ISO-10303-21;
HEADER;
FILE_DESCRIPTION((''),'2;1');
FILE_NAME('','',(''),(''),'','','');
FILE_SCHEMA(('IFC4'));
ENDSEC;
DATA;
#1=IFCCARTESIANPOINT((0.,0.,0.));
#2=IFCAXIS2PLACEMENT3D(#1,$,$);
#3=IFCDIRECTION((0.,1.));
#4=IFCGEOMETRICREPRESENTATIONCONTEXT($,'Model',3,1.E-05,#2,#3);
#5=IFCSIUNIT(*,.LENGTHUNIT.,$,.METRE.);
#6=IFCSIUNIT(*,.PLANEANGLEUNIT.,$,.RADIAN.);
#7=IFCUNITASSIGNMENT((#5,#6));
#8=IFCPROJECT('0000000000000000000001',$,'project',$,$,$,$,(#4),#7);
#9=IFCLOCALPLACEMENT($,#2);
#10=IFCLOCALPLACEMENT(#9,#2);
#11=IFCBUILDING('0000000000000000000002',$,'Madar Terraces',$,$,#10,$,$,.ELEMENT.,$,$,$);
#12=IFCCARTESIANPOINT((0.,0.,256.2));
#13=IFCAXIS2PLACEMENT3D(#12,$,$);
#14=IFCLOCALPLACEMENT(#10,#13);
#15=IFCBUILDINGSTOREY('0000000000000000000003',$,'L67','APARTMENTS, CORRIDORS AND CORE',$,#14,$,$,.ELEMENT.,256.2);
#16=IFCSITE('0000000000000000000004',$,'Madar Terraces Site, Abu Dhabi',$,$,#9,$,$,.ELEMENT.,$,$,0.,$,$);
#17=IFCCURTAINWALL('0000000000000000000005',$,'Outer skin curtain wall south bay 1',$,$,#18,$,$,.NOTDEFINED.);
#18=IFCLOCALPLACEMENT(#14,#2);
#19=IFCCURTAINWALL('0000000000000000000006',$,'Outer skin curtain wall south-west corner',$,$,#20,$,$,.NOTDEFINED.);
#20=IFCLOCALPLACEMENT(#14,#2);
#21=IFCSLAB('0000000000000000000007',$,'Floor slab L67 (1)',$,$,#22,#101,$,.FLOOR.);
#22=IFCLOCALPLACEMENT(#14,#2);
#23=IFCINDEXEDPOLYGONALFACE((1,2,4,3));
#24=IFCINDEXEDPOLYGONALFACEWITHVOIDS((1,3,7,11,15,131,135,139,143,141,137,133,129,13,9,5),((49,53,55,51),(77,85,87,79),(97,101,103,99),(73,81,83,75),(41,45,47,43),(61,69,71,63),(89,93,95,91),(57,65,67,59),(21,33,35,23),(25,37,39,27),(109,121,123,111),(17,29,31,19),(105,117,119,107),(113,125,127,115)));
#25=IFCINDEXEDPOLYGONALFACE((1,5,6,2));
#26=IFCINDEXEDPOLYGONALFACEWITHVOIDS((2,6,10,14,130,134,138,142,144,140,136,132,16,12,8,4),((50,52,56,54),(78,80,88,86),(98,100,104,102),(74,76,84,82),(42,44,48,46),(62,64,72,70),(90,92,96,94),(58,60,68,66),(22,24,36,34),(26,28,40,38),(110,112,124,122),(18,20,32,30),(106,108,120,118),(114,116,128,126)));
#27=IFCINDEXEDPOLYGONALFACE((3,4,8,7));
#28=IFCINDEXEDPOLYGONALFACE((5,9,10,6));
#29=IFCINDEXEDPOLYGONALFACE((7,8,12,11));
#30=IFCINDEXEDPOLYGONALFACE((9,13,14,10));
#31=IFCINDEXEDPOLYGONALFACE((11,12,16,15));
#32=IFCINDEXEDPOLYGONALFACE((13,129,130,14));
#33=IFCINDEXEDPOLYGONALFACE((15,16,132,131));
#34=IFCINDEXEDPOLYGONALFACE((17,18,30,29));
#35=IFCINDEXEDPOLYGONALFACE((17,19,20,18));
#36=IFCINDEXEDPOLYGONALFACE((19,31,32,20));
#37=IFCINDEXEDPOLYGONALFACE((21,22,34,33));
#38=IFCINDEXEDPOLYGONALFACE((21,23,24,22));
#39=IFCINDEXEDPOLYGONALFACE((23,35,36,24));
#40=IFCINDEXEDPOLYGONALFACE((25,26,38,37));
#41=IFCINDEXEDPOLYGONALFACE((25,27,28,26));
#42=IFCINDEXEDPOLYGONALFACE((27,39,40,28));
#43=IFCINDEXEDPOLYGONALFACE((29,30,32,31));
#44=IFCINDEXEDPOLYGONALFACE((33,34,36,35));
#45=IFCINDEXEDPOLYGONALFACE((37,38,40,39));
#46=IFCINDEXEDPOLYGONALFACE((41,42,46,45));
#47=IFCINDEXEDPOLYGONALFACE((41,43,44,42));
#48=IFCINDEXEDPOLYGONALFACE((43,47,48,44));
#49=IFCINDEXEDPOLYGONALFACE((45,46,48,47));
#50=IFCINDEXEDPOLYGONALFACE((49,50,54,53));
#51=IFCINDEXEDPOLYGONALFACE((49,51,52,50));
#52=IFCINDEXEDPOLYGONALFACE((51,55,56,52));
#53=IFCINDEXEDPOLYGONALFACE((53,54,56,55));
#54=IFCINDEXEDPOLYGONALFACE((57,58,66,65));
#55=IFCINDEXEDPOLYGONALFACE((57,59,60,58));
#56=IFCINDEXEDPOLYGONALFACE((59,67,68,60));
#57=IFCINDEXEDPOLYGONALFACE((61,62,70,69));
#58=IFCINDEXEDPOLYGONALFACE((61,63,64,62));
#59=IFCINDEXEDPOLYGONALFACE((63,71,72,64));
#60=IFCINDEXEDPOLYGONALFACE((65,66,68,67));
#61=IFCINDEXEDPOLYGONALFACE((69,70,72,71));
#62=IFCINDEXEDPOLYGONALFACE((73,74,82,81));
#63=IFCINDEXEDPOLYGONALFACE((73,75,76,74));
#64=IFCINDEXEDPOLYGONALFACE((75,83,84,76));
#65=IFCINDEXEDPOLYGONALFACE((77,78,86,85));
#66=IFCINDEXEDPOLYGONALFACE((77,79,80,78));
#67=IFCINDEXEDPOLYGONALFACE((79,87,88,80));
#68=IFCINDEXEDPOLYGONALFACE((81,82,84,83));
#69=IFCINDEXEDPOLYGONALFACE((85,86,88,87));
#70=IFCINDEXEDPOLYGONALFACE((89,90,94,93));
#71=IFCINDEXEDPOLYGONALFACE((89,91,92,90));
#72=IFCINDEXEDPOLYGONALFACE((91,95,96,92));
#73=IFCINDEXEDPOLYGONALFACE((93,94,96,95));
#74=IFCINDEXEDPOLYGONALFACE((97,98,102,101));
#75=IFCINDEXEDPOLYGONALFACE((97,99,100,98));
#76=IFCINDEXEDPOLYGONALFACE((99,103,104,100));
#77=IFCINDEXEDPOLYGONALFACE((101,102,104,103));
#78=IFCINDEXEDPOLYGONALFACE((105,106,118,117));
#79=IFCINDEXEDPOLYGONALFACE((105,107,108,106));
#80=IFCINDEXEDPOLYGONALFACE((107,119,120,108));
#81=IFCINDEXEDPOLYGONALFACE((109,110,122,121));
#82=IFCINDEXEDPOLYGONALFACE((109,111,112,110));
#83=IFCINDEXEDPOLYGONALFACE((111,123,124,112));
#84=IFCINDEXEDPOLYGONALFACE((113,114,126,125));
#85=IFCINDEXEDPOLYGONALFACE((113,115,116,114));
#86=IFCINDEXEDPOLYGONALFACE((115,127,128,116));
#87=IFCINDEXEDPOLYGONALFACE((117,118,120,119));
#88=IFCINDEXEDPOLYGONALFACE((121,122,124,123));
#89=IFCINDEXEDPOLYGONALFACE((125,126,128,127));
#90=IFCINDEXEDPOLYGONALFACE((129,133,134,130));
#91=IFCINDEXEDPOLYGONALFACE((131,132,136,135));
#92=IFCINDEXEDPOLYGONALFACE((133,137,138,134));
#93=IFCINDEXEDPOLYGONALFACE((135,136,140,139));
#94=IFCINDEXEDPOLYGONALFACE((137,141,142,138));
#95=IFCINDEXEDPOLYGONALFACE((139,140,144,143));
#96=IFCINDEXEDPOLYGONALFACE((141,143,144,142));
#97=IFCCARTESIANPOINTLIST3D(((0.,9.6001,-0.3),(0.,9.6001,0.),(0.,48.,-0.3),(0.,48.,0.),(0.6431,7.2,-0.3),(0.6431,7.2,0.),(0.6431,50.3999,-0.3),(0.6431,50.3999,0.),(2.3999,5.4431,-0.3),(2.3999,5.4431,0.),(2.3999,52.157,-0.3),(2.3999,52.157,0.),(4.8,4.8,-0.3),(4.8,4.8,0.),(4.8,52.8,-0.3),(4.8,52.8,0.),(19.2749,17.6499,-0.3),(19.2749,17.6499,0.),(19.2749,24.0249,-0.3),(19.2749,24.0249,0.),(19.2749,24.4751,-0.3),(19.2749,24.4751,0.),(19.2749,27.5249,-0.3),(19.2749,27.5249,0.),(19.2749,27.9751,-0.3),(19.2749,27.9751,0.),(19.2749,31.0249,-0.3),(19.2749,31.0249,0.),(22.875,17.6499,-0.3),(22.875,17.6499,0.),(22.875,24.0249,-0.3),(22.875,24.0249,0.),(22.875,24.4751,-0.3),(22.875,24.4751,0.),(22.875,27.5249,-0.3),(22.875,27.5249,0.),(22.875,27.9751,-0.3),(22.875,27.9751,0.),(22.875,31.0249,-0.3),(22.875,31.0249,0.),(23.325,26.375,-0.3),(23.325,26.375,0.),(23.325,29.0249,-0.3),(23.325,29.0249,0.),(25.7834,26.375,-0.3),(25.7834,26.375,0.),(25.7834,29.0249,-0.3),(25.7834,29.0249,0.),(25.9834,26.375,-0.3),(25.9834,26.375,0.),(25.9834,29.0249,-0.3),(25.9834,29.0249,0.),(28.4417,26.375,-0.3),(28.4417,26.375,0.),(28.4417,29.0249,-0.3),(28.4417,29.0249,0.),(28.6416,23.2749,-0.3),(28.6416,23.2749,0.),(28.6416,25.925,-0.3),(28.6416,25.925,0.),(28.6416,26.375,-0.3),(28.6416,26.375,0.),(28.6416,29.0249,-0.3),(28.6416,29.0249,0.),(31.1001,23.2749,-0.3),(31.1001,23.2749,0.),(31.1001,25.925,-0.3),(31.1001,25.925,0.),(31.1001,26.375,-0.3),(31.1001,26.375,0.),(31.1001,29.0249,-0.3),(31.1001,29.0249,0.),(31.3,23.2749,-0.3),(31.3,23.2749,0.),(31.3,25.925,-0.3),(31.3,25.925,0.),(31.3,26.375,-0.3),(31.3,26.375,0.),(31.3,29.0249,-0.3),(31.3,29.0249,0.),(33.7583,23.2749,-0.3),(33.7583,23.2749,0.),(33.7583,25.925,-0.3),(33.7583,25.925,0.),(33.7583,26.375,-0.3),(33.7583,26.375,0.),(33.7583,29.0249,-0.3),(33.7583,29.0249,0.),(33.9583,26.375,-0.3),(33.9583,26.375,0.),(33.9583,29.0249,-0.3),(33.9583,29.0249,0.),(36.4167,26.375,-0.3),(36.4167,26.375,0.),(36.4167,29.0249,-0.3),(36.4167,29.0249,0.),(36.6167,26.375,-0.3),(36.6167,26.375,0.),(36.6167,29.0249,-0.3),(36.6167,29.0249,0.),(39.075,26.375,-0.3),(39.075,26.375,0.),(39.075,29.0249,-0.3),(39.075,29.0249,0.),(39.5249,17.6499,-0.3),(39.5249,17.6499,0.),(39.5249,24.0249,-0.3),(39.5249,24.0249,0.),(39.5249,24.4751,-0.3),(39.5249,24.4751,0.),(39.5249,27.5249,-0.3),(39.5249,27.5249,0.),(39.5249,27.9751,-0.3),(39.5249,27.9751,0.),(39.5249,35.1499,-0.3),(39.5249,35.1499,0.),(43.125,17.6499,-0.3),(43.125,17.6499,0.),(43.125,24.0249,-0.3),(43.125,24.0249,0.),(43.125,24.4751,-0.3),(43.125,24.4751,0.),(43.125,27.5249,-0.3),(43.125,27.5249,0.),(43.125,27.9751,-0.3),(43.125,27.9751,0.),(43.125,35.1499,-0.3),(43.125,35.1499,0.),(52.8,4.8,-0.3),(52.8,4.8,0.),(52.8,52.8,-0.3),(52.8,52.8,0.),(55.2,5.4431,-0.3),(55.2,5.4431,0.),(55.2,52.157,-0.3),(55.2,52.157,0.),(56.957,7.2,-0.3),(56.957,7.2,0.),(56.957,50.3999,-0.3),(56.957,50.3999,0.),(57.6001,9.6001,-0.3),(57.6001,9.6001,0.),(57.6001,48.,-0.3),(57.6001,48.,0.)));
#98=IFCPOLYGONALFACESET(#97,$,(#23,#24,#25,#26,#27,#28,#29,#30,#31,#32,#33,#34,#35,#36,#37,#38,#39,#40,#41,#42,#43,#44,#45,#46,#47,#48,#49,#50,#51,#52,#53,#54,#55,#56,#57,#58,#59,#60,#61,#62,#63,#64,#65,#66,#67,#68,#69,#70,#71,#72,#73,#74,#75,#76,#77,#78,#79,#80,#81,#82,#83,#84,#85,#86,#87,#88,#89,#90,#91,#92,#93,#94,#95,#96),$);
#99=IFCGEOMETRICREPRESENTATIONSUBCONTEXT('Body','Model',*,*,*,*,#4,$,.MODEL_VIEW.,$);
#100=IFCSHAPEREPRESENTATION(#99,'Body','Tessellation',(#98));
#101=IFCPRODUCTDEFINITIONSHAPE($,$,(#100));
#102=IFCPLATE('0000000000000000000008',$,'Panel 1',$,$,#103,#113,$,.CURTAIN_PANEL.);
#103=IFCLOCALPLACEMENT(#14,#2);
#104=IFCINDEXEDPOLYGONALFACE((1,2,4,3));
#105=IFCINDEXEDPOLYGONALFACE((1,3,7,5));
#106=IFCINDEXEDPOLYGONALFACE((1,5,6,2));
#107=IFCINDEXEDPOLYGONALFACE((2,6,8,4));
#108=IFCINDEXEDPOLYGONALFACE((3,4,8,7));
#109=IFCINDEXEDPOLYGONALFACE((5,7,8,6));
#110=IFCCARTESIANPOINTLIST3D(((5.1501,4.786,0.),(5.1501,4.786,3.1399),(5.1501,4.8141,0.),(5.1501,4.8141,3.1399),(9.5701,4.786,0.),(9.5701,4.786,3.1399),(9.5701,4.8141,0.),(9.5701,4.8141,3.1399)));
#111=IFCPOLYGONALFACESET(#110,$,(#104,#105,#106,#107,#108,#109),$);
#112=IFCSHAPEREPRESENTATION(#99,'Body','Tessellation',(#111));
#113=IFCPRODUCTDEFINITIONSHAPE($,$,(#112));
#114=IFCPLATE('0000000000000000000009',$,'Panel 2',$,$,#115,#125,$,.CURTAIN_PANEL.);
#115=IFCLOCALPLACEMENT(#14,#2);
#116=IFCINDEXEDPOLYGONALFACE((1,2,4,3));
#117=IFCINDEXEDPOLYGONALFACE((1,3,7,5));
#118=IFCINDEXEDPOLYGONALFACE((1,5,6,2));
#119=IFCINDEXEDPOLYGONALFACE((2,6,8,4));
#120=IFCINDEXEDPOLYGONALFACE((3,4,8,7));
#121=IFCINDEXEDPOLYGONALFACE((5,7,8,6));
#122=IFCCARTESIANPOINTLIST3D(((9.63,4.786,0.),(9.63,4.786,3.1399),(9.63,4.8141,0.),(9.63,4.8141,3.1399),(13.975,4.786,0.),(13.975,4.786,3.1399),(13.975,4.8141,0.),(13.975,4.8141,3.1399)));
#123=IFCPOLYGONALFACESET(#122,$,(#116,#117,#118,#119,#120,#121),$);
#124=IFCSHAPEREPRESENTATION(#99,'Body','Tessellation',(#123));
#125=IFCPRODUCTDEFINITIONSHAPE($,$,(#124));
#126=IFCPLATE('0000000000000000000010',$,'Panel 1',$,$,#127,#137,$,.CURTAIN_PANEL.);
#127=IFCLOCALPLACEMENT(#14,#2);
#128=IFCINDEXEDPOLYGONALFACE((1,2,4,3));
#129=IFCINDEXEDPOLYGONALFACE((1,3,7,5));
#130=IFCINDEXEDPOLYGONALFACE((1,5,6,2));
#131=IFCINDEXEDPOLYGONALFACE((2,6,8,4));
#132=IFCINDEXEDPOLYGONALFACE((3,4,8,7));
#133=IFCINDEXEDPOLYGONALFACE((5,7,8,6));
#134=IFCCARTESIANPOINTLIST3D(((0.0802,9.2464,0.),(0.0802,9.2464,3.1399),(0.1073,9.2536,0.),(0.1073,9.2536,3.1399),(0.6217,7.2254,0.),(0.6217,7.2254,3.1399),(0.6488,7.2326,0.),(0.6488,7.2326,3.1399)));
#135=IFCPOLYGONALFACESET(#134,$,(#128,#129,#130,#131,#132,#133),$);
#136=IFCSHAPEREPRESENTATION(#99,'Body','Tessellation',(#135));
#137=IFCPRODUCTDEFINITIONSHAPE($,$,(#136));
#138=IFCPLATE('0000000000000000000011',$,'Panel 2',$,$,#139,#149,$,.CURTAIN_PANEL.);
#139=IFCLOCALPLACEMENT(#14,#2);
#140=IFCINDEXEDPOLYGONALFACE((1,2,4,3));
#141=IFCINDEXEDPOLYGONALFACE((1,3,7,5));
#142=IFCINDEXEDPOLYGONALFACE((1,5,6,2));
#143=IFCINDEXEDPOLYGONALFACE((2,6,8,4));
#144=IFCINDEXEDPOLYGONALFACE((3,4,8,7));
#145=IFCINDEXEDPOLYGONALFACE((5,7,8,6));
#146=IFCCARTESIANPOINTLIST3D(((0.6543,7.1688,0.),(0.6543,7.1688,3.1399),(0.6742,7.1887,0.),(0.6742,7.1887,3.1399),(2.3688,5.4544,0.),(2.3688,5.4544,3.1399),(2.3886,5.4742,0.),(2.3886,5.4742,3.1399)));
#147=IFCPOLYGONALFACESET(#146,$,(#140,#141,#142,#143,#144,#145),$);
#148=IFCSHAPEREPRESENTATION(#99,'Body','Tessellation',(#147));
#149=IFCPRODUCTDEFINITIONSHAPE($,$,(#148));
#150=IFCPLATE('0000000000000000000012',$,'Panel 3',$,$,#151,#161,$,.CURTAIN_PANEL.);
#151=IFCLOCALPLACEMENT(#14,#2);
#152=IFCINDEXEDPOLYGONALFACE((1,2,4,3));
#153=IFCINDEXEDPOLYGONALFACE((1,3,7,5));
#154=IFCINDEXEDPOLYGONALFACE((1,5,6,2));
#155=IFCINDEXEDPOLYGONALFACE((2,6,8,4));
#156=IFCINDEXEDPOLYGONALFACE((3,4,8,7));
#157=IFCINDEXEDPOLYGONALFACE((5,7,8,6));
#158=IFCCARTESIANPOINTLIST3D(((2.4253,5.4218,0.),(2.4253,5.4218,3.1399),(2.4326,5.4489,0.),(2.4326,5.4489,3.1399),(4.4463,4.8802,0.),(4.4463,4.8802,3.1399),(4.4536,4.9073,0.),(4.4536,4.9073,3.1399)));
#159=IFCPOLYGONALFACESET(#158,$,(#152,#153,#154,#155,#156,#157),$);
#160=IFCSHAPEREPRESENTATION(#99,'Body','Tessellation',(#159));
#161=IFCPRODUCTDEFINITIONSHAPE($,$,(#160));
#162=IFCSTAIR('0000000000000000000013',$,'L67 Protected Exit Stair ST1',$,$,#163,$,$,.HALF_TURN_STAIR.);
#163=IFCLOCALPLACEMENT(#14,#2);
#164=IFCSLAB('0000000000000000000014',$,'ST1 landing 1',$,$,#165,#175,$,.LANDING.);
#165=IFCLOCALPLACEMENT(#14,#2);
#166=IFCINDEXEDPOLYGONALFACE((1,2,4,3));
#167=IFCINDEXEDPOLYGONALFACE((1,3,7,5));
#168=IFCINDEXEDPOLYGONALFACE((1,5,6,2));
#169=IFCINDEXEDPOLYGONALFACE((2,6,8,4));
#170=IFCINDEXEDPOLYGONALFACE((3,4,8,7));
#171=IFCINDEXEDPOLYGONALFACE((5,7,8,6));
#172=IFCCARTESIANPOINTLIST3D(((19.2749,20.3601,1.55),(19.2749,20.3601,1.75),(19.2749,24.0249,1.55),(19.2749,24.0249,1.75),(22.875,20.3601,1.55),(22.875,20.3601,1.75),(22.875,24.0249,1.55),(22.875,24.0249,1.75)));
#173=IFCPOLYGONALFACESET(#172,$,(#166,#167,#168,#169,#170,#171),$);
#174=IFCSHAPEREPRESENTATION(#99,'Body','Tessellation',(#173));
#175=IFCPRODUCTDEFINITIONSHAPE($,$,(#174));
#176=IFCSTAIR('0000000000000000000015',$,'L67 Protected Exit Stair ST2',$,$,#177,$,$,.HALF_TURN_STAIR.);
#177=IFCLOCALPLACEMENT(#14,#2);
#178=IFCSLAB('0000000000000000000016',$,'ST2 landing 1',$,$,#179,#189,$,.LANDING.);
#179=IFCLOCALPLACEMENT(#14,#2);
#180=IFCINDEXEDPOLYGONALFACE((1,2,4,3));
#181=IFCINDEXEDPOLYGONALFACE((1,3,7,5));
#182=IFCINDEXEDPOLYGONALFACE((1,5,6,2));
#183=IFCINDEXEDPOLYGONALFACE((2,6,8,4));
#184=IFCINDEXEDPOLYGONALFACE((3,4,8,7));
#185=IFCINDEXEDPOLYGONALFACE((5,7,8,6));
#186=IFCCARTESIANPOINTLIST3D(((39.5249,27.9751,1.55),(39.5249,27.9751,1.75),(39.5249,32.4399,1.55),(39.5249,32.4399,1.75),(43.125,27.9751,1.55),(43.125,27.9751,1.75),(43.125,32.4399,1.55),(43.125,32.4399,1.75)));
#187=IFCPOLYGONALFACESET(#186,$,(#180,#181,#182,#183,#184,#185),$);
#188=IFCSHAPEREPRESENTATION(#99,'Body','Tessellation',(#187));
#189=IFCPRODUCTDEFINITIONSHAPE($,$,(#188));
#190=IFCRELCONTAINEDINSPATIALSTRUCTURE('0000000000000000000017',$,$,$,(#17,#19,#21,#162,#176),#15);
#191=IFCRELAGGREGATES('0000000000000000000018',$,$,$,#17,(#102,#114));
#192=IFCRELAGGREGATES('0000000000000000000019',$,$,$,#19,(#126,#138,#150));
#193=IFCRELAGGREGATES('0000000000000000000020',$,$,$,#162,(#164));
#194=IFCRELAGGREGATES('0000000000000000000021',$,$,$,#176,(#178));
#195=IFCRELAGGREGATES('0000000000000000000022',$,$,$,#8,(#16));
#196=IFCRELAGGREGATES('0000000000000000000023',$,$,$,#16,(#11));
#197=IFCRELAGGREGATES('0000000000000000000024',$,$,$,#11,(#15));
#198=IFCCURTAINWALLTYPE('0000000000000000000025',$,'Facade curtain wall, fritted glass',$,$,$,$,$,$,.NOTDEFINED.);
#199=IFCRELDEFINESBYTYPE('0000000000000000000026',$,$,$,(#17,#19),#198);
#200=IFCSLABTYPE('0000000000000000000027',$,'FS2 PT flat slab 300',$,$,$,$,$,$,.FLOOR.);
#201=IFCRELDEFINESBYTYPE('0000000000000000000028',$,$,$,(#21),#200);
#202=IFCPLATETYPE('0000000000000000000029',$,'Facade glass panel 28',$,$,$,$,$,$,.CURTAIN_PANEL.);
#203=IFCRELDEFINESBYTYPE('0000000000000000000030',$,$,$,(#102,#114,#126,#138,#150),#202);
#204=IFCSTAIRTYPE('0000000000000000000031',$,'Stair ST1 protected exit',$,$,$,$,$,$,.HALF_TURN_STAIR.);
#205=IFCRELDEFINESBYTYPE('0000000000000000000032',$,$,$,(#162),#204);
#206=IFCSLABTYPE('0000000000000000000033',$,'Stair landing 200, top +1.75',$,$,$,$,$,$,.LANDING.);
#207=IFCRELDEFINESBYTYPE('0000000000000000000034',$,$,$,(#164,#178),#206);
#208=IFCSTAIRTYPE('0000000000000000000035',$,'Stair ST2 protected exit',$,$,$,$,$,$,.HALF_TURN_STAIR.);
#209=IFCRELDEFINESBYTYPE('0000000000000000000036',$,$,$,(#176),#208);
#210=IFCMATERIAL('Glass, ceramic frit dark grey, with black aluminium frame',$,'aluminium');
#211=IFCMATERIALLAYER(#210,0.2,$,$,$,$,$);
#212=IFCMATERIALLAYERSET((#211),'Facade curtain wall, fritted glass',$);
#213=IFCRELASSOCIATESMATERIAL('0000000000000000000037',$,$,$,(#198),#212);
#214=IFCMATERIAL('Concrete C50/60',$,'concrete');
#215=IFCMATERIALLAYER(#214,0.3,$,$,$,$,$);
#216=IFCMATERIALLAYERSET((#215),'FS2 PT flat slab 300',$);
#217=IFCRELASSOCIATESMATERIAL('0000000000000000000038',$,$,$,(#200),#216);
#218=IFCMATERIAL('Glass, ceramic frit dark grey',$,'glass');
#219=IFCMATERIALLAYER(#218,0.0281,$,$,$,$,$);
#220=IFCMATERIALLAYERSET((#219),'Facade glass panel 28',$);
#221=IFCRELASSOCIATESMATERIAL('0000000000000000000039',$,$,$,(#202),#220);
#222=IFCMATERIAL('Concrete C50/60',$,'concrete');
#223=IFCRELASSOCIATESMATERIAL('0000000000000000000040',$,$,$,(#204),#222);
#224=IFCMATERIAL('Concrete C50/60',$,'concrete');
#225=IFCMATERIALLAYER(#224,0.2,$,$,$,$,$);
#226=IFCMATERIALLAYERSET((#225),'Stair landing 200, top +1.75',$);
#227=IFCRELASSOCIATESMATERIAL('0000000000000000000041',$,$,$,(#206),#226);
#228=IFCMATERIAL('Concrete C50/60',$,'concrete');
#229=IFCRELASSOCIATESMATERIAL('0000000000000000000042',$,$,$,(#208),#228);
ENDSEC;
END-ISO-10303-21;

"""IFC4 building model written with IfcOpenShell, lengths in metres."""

from ifc_helpers import new_model, si_unit, direction, frame, origin, origin_2d, place, context, subcontext, project, spatial, polyline, rectangle, outline, extrude, material, layer, layer_set, type_object, element, aggregate, save


model = new_model("IFC4")

# Units and contexts
model_context = context("Model", 3, precision=1e-05, world=origin(), true_north=direction((0.0, 1.0)))
body_context = subcontext(model_context, "Body", "Model", "MODEL_VIEW")
ifc_project = project(units=[si_unit("LENGTHUNIT", "METRE"), si_unit("PLANEANGLEUNIT", "RADIAN")], contexts=[model_context])

# Site, building, storey
site_placement = place(None, origin())
site = spatial("IfcSite", under=ifc_project, at=site_placement, Name="Madar Terraces Site, Abu Dhabi", CompositionType="ELEMENT", RefElevation=0.0)
building_placement = place(site_placement, origin())
building = spatial("IfcBuilding", under=site, at=building_placement, Name="Madar Terraces", CompositionType="ELEMENT")
storey_placement = place(building_placement, frame((0.0, 0.0, 256.2)))
storey = spatial("IfcBuildingStorey", under=building, at=storey_placement, Name="L67", Description="APARTMENTS, CORRIDORS AND CORE", CompositionType="ELEMENT", Elevation=256.2)

# Curtain wall
ifc_material_1 = material(Name="Glass, ceramic frit dark grey, with black aluminium frame", Category="aluminium")
ifc_layer_1 = layer(ifc_material_1, 0.2)
ifc_layer_set_1 = layer_set([ifc_layer_1], Name="Facade curtain wall, fritted glass")
curtain_wall_type = type_object("IfcCurtainWallType", Name="Facade curtain wall, fritted glass", PredefinedType="NOTDEFINED", material=ifc_layer_set_1)
curtain_wall_1_placement = place(storey_placement, origin())
curtain_wall_1 = element("IfcCurtainWall", 1, at=curtain_wall_1_placement, inside=storey, type_object=curtain_wall_type, Name="Outer skin curtain wall south bay 1", PredefinedType="NOTDEFINED")

# Curtain wall
curtain_wall_2_placement = place(storey_placement, origin())
curtain_wall_2 = element("IfcCurtainWall", 2, at=curtain_wall_2_placement, inside=storey, type_object=curtain_wall_type, Name="Outer skin curtain wall south-west corner", PredefinedType="NOTDEFINED")

# Slab
ifc_material_2 = material(Name="Concrete C50/60", Category="concrete")
ifc_layer_2 = layer(ifc_material_2, 0.3)
ifc_layer_set_2 = layer_set([ifc_layer_2], Name="FS2 PT flat slab 300")
slab_type_1 = type_object("IfcSlabType", Name="FS2 PT flat slab 300", PredefinedType="FLOOR", material=ifc_layer_set_2)
slab_1_placement = place(storey_placement, frame((0.0, 0.0, -0.3)))
element("IfcSlab", 3, at=slab_1_placement, inside=storey, type_object=slab_type_1, Name="Floor slab L67 (1)", PredefinedType="FLOOR", context=body_context, shape_type="SweptSolid", body=[
    extrude(outline(polyline([(52.8, 4.8), (55.2, 5.4431), (56.957, 7.2), (57.6001, 9.6001), (57.6001, 48.0), (56.957, 50.3999), (55.2, 52.157), (52.8, 52.8), (4.8, 52.8), (2.3999, 52.157), (0.6431, 50.3999), (0.0, 48.0), (0.0, 9.6001), (0.6431, 7.2), (2.3999, 5.4431), (4.8, 4.8), (52.8, 4.8)]), holes=[polyline([(22.875, 17.6499), (19.2749, 17.6499), (19.2749, 24.0249), (22.875, 24.0249), (22.875, 17.6499)]), polyline([(28.6416, 23.2749), (28.6416, 25.925), (31.1001, 25.925), (31.1001, 23.2749), (28.6416, 23.2749)]), polyline([(19.2749, 24.4751), (19.2749, 27.5249), (22.875, 27.5249), (22.875, 24.4751), (19.2749, 24.4751)]), polyline([(23.325, 26.375), (23.325, 29.0249), (25.7834, 29.0249), (25.7834, 26.375), (23.325, 26.375)]), polyline([(25.9834, 26.375), (25.9834, 29.0249), (28.4417, 29.0249), (28.4417, 26.375), (25.9834, 26.375)]), polyline([(28.6416, 26.375), (28.6416, 29.0249), (31.1001, 29.0249), (31.1001, 26.375), (28.6416, 26.375)]), polyline([(19.2749, 27.9751), (19.2749, 31.0249), (22.875, 31.0249), (22.875, 27.9751), (19.2749, 27.9751)]), polyline([(43.125, 17.6499), (39.5249, 17.6499), (39.5249, 24.0249), (43.125, 24.0249), (43.125, 17.6499)]), polyline([(31.3, 23.2749), (31.3, 25.925), (33.7583, 25.925), (33.7583, 23.2749), (31.3, 23.2749)]), polyline([(39.5249, 24.4751), (39.5249, 27.5249), (43.125, 27.5249), (43.125, 24.4751), (39.5249, 24.4751)]), polyline([(31.3, 26.375), (31.3, 29.0249), (33.7583, 29.0249), (33.7583, 26.375), (31.3, 26.375)]), polyline([(33.9583, 26.375), (33.9583, 29.0249), (36.4167, 29.0249), (36.4167, 26.375), (33.9583, 26.375)]), polyline([(36.6167, 26.375), (36.6167, 29.0249), (39.075, 29.0249), (39.075, 26.375), (36.6167, 26.375)]), polyline([(39.5249, 27.9751), (39.5249, 35.1499), (43.125, 35.1499), (43.125, 27.9751), (39.5249, 27.9751)])]), origin(), (0.0, 0.0, 1.0), 0.3),
])

# Plates
ifc_material_3 = material(Name="Glass, ceramic frit dark grey", Category="glass")
ifc_layer_3 = layer(ifc_material_3, 0.0281)
ifc_layer_set_3 = layer_set([ifc_layer_3], Name="Facade glass panel 28")
plate_type = type_object("IfcPlateType", Name="Facade glass panel 28", PredefinedType="CURTAIN_PANEL", material=ifc_layer_set_3)
plate_1_placement = place(storey_placement, frame((7.3601, 4.8, 0.0), z_axis=(0.0, 0.0, 1.0), x_axis=(1.0, 0.0, 0.0)))
plate_1 = element("IfcPlate", 4, at=plate_1_placement, type_object=plate_type, Name="Panel 1", PredefinedType="CURTAIN_PANEL", context=body_context, shape_type="SweptSolid", body=[
    extrude(rectangle(XDim=4.4199, YDim=0.0281, at=origin_2d()), origin(), (0.0, 0.0, 1.0), 3.1399),
])
plate_2_placement = place(storey_placement, frame((11.8025, 4.8, 0.0), z_axis=(0.0, 0.0, 1.0), x_axis=(1.0, 0.0, 0.0)))
plate_2 = element("IfcPlate", 5, at=plate_2_placement, type_object=plate_type, Name="Panel 2", PredefinedType="CURTAIN_PANEL", context=body_context, shape_type="SweptSolid", body=[
    extrude(rectangle(XDim=4.345, YDim=0.0281, at=origin_2d()), origin(), (0.0, 0.0, 1.0), 3.1399),
])
aggregate(curtain_wall_1, [plate_1, plate_2])
plate_3_placement = place(storey_placement, frame((0.3645, 8.2395, 0.0), z_axis=(0.0, 0.0, 1.0), x_axis=(0.258819, -0.965926, 0.0)))
plate_3 = element("IfcPlate", 6, at=plate_3_placement, type_object=plate_type, Name="Panel 1", PredefinedType="CURTAIN_PANEL", context=body_context, shape_type="SweptSolid", body=[
    extrude(rectangle(XDim=2.0923, YDim=0.0281, at=origin_2d()), origin(), (0.0, 0.0, 1.0), 3.1399),
])
plate_4_placement = place(storey_placement, frame((1.5215, 6.3215, 0.0), z_axis=(0.0, 0.0, 1.0), x_axis=(0.707107, -0.707107, 0.0)))
plate_4 = element("IfcPlate", 7, at=plate_4_placement, type_object=plate_type, Name="Panel 2", PredefinedType="CURTAIN_PANEL", context=body_context, shape_type="SweptSolid", body=[
    extrude(rectangle(XDim=2.4246, YDim=0.0281, at=origin_2d()), origin(), (0.0, 0.0, 1.0), 3.1399),
])
plate_5_placement = place(storey_placement, frame((3.4395, 5.1646, 0.0), z_axis=(0.0, 0.0, 1.0), x_axis=(0.965926, -0.258819, 0.0)))
plate_5 = element("IfcPlate", 8, at=plate_5_placement, type_object=plate_type, Name="Panel 3", PredefinedType="CURTAIN_PANEL", context=body_context, shape_type="SweptSolid", body=[
    extrude(rectangle(XDim=2.0923, YDim=0.0281, at=origin_2d()), origin(), (0.0, 0.0, 1.0), 3.1399),
])
aggregate(curtain_wall_2, [plate_3, plate_4, plate_5])

# Stairs, slabs
ifc_material_4 = material(Name="Concrete C50/60", Category="concrete")
stair_type_1 = type_object("IfcStairType", Name="Stair ST1 protected exit", PredefinedType="HALF_TURN_STAIR", material=ifc_material_4)
stair_1_placement = place(storey_placement, origin())
stair_1 = element("IfcStair", 9, at=stair_1_placement, inside=storey, type_object=stair_type_1, Name="L67 Protected Exit Stair ST1", PredefinedType="HALF_TURN_STAIR")
ifc_material_5 = material(Name="Concrete C50/60", Category="concrete")
ifc_layer_4 = layer(ifc_material_5, 0.2)
ifc_layer_set_4 = layer_set([ifc_layer_4], Name="Stair landing 200, top +1.75")
slab_type_2 = type_object("IfcSlabType", Name="Stair landing 200, top +1.75", PredefinedType="LANDING", material=ifc_layer_set_4)
slab_2_placement = place(storey_placement, frame((0.0, 0.0, 1.55)))
slab_2 = element("IfcSlab", 10, at=slab_2_placement, type_object=slab_type_2, Name="ST1 landing 1", PredefinedType="LANDING", context=body_context, shape_type="SweptSolid", body=[
    extrude(outline(polyline([(19.2749, 20.3601), (22.875, 20.3601), (22.875, 24.0249), (19.2749, 24.0249), (19.2749, 20.3601)])), origin(), (0.0, 0.0, 1.0), 0.2),
])
aggregate(stair_1, [slab_2])
ifc_material_6 = material(Name="Concrete C50/60", Category="concrete")
stair_type_2 = type_object("IfcStairType", Name="Stair ST2 protected exit", PredefinedType="HALF_TURN_STAIR", material=ifc_material_6)
stair_2_placement = place(storey_placement, origin())
stair_2 = element("IfcStair", 11, at=stair_2_placement, inside=storey, type_object=stair_type_2, Name="L67 Protected Exit Stair ST2", PredefinedType="HALF_TURN_STAIR")
slab_3_placement = place(storey_placement, frame((0.0, 0.0, 1.55)))
slab_3 = element("IfcSlab", 12, at=slab_3_placement, type_object=slab_type_2, Name="ST2 landing 1", PredefinedType="LANDING", context=body_context, shape_type="SweptSolid", body=[
    extrude(outline(polyline([(39.5249, 27.9751), (43.125, 27.9751), (43.125, 32.4399), (39.5249, 32.4399), (39.5249, 27.9751)])), origin(), (0.0, 0.0, 1.0), 0.2),
])
aggregate(stair_2, [slab_3])

save(model, "model.ifc")
